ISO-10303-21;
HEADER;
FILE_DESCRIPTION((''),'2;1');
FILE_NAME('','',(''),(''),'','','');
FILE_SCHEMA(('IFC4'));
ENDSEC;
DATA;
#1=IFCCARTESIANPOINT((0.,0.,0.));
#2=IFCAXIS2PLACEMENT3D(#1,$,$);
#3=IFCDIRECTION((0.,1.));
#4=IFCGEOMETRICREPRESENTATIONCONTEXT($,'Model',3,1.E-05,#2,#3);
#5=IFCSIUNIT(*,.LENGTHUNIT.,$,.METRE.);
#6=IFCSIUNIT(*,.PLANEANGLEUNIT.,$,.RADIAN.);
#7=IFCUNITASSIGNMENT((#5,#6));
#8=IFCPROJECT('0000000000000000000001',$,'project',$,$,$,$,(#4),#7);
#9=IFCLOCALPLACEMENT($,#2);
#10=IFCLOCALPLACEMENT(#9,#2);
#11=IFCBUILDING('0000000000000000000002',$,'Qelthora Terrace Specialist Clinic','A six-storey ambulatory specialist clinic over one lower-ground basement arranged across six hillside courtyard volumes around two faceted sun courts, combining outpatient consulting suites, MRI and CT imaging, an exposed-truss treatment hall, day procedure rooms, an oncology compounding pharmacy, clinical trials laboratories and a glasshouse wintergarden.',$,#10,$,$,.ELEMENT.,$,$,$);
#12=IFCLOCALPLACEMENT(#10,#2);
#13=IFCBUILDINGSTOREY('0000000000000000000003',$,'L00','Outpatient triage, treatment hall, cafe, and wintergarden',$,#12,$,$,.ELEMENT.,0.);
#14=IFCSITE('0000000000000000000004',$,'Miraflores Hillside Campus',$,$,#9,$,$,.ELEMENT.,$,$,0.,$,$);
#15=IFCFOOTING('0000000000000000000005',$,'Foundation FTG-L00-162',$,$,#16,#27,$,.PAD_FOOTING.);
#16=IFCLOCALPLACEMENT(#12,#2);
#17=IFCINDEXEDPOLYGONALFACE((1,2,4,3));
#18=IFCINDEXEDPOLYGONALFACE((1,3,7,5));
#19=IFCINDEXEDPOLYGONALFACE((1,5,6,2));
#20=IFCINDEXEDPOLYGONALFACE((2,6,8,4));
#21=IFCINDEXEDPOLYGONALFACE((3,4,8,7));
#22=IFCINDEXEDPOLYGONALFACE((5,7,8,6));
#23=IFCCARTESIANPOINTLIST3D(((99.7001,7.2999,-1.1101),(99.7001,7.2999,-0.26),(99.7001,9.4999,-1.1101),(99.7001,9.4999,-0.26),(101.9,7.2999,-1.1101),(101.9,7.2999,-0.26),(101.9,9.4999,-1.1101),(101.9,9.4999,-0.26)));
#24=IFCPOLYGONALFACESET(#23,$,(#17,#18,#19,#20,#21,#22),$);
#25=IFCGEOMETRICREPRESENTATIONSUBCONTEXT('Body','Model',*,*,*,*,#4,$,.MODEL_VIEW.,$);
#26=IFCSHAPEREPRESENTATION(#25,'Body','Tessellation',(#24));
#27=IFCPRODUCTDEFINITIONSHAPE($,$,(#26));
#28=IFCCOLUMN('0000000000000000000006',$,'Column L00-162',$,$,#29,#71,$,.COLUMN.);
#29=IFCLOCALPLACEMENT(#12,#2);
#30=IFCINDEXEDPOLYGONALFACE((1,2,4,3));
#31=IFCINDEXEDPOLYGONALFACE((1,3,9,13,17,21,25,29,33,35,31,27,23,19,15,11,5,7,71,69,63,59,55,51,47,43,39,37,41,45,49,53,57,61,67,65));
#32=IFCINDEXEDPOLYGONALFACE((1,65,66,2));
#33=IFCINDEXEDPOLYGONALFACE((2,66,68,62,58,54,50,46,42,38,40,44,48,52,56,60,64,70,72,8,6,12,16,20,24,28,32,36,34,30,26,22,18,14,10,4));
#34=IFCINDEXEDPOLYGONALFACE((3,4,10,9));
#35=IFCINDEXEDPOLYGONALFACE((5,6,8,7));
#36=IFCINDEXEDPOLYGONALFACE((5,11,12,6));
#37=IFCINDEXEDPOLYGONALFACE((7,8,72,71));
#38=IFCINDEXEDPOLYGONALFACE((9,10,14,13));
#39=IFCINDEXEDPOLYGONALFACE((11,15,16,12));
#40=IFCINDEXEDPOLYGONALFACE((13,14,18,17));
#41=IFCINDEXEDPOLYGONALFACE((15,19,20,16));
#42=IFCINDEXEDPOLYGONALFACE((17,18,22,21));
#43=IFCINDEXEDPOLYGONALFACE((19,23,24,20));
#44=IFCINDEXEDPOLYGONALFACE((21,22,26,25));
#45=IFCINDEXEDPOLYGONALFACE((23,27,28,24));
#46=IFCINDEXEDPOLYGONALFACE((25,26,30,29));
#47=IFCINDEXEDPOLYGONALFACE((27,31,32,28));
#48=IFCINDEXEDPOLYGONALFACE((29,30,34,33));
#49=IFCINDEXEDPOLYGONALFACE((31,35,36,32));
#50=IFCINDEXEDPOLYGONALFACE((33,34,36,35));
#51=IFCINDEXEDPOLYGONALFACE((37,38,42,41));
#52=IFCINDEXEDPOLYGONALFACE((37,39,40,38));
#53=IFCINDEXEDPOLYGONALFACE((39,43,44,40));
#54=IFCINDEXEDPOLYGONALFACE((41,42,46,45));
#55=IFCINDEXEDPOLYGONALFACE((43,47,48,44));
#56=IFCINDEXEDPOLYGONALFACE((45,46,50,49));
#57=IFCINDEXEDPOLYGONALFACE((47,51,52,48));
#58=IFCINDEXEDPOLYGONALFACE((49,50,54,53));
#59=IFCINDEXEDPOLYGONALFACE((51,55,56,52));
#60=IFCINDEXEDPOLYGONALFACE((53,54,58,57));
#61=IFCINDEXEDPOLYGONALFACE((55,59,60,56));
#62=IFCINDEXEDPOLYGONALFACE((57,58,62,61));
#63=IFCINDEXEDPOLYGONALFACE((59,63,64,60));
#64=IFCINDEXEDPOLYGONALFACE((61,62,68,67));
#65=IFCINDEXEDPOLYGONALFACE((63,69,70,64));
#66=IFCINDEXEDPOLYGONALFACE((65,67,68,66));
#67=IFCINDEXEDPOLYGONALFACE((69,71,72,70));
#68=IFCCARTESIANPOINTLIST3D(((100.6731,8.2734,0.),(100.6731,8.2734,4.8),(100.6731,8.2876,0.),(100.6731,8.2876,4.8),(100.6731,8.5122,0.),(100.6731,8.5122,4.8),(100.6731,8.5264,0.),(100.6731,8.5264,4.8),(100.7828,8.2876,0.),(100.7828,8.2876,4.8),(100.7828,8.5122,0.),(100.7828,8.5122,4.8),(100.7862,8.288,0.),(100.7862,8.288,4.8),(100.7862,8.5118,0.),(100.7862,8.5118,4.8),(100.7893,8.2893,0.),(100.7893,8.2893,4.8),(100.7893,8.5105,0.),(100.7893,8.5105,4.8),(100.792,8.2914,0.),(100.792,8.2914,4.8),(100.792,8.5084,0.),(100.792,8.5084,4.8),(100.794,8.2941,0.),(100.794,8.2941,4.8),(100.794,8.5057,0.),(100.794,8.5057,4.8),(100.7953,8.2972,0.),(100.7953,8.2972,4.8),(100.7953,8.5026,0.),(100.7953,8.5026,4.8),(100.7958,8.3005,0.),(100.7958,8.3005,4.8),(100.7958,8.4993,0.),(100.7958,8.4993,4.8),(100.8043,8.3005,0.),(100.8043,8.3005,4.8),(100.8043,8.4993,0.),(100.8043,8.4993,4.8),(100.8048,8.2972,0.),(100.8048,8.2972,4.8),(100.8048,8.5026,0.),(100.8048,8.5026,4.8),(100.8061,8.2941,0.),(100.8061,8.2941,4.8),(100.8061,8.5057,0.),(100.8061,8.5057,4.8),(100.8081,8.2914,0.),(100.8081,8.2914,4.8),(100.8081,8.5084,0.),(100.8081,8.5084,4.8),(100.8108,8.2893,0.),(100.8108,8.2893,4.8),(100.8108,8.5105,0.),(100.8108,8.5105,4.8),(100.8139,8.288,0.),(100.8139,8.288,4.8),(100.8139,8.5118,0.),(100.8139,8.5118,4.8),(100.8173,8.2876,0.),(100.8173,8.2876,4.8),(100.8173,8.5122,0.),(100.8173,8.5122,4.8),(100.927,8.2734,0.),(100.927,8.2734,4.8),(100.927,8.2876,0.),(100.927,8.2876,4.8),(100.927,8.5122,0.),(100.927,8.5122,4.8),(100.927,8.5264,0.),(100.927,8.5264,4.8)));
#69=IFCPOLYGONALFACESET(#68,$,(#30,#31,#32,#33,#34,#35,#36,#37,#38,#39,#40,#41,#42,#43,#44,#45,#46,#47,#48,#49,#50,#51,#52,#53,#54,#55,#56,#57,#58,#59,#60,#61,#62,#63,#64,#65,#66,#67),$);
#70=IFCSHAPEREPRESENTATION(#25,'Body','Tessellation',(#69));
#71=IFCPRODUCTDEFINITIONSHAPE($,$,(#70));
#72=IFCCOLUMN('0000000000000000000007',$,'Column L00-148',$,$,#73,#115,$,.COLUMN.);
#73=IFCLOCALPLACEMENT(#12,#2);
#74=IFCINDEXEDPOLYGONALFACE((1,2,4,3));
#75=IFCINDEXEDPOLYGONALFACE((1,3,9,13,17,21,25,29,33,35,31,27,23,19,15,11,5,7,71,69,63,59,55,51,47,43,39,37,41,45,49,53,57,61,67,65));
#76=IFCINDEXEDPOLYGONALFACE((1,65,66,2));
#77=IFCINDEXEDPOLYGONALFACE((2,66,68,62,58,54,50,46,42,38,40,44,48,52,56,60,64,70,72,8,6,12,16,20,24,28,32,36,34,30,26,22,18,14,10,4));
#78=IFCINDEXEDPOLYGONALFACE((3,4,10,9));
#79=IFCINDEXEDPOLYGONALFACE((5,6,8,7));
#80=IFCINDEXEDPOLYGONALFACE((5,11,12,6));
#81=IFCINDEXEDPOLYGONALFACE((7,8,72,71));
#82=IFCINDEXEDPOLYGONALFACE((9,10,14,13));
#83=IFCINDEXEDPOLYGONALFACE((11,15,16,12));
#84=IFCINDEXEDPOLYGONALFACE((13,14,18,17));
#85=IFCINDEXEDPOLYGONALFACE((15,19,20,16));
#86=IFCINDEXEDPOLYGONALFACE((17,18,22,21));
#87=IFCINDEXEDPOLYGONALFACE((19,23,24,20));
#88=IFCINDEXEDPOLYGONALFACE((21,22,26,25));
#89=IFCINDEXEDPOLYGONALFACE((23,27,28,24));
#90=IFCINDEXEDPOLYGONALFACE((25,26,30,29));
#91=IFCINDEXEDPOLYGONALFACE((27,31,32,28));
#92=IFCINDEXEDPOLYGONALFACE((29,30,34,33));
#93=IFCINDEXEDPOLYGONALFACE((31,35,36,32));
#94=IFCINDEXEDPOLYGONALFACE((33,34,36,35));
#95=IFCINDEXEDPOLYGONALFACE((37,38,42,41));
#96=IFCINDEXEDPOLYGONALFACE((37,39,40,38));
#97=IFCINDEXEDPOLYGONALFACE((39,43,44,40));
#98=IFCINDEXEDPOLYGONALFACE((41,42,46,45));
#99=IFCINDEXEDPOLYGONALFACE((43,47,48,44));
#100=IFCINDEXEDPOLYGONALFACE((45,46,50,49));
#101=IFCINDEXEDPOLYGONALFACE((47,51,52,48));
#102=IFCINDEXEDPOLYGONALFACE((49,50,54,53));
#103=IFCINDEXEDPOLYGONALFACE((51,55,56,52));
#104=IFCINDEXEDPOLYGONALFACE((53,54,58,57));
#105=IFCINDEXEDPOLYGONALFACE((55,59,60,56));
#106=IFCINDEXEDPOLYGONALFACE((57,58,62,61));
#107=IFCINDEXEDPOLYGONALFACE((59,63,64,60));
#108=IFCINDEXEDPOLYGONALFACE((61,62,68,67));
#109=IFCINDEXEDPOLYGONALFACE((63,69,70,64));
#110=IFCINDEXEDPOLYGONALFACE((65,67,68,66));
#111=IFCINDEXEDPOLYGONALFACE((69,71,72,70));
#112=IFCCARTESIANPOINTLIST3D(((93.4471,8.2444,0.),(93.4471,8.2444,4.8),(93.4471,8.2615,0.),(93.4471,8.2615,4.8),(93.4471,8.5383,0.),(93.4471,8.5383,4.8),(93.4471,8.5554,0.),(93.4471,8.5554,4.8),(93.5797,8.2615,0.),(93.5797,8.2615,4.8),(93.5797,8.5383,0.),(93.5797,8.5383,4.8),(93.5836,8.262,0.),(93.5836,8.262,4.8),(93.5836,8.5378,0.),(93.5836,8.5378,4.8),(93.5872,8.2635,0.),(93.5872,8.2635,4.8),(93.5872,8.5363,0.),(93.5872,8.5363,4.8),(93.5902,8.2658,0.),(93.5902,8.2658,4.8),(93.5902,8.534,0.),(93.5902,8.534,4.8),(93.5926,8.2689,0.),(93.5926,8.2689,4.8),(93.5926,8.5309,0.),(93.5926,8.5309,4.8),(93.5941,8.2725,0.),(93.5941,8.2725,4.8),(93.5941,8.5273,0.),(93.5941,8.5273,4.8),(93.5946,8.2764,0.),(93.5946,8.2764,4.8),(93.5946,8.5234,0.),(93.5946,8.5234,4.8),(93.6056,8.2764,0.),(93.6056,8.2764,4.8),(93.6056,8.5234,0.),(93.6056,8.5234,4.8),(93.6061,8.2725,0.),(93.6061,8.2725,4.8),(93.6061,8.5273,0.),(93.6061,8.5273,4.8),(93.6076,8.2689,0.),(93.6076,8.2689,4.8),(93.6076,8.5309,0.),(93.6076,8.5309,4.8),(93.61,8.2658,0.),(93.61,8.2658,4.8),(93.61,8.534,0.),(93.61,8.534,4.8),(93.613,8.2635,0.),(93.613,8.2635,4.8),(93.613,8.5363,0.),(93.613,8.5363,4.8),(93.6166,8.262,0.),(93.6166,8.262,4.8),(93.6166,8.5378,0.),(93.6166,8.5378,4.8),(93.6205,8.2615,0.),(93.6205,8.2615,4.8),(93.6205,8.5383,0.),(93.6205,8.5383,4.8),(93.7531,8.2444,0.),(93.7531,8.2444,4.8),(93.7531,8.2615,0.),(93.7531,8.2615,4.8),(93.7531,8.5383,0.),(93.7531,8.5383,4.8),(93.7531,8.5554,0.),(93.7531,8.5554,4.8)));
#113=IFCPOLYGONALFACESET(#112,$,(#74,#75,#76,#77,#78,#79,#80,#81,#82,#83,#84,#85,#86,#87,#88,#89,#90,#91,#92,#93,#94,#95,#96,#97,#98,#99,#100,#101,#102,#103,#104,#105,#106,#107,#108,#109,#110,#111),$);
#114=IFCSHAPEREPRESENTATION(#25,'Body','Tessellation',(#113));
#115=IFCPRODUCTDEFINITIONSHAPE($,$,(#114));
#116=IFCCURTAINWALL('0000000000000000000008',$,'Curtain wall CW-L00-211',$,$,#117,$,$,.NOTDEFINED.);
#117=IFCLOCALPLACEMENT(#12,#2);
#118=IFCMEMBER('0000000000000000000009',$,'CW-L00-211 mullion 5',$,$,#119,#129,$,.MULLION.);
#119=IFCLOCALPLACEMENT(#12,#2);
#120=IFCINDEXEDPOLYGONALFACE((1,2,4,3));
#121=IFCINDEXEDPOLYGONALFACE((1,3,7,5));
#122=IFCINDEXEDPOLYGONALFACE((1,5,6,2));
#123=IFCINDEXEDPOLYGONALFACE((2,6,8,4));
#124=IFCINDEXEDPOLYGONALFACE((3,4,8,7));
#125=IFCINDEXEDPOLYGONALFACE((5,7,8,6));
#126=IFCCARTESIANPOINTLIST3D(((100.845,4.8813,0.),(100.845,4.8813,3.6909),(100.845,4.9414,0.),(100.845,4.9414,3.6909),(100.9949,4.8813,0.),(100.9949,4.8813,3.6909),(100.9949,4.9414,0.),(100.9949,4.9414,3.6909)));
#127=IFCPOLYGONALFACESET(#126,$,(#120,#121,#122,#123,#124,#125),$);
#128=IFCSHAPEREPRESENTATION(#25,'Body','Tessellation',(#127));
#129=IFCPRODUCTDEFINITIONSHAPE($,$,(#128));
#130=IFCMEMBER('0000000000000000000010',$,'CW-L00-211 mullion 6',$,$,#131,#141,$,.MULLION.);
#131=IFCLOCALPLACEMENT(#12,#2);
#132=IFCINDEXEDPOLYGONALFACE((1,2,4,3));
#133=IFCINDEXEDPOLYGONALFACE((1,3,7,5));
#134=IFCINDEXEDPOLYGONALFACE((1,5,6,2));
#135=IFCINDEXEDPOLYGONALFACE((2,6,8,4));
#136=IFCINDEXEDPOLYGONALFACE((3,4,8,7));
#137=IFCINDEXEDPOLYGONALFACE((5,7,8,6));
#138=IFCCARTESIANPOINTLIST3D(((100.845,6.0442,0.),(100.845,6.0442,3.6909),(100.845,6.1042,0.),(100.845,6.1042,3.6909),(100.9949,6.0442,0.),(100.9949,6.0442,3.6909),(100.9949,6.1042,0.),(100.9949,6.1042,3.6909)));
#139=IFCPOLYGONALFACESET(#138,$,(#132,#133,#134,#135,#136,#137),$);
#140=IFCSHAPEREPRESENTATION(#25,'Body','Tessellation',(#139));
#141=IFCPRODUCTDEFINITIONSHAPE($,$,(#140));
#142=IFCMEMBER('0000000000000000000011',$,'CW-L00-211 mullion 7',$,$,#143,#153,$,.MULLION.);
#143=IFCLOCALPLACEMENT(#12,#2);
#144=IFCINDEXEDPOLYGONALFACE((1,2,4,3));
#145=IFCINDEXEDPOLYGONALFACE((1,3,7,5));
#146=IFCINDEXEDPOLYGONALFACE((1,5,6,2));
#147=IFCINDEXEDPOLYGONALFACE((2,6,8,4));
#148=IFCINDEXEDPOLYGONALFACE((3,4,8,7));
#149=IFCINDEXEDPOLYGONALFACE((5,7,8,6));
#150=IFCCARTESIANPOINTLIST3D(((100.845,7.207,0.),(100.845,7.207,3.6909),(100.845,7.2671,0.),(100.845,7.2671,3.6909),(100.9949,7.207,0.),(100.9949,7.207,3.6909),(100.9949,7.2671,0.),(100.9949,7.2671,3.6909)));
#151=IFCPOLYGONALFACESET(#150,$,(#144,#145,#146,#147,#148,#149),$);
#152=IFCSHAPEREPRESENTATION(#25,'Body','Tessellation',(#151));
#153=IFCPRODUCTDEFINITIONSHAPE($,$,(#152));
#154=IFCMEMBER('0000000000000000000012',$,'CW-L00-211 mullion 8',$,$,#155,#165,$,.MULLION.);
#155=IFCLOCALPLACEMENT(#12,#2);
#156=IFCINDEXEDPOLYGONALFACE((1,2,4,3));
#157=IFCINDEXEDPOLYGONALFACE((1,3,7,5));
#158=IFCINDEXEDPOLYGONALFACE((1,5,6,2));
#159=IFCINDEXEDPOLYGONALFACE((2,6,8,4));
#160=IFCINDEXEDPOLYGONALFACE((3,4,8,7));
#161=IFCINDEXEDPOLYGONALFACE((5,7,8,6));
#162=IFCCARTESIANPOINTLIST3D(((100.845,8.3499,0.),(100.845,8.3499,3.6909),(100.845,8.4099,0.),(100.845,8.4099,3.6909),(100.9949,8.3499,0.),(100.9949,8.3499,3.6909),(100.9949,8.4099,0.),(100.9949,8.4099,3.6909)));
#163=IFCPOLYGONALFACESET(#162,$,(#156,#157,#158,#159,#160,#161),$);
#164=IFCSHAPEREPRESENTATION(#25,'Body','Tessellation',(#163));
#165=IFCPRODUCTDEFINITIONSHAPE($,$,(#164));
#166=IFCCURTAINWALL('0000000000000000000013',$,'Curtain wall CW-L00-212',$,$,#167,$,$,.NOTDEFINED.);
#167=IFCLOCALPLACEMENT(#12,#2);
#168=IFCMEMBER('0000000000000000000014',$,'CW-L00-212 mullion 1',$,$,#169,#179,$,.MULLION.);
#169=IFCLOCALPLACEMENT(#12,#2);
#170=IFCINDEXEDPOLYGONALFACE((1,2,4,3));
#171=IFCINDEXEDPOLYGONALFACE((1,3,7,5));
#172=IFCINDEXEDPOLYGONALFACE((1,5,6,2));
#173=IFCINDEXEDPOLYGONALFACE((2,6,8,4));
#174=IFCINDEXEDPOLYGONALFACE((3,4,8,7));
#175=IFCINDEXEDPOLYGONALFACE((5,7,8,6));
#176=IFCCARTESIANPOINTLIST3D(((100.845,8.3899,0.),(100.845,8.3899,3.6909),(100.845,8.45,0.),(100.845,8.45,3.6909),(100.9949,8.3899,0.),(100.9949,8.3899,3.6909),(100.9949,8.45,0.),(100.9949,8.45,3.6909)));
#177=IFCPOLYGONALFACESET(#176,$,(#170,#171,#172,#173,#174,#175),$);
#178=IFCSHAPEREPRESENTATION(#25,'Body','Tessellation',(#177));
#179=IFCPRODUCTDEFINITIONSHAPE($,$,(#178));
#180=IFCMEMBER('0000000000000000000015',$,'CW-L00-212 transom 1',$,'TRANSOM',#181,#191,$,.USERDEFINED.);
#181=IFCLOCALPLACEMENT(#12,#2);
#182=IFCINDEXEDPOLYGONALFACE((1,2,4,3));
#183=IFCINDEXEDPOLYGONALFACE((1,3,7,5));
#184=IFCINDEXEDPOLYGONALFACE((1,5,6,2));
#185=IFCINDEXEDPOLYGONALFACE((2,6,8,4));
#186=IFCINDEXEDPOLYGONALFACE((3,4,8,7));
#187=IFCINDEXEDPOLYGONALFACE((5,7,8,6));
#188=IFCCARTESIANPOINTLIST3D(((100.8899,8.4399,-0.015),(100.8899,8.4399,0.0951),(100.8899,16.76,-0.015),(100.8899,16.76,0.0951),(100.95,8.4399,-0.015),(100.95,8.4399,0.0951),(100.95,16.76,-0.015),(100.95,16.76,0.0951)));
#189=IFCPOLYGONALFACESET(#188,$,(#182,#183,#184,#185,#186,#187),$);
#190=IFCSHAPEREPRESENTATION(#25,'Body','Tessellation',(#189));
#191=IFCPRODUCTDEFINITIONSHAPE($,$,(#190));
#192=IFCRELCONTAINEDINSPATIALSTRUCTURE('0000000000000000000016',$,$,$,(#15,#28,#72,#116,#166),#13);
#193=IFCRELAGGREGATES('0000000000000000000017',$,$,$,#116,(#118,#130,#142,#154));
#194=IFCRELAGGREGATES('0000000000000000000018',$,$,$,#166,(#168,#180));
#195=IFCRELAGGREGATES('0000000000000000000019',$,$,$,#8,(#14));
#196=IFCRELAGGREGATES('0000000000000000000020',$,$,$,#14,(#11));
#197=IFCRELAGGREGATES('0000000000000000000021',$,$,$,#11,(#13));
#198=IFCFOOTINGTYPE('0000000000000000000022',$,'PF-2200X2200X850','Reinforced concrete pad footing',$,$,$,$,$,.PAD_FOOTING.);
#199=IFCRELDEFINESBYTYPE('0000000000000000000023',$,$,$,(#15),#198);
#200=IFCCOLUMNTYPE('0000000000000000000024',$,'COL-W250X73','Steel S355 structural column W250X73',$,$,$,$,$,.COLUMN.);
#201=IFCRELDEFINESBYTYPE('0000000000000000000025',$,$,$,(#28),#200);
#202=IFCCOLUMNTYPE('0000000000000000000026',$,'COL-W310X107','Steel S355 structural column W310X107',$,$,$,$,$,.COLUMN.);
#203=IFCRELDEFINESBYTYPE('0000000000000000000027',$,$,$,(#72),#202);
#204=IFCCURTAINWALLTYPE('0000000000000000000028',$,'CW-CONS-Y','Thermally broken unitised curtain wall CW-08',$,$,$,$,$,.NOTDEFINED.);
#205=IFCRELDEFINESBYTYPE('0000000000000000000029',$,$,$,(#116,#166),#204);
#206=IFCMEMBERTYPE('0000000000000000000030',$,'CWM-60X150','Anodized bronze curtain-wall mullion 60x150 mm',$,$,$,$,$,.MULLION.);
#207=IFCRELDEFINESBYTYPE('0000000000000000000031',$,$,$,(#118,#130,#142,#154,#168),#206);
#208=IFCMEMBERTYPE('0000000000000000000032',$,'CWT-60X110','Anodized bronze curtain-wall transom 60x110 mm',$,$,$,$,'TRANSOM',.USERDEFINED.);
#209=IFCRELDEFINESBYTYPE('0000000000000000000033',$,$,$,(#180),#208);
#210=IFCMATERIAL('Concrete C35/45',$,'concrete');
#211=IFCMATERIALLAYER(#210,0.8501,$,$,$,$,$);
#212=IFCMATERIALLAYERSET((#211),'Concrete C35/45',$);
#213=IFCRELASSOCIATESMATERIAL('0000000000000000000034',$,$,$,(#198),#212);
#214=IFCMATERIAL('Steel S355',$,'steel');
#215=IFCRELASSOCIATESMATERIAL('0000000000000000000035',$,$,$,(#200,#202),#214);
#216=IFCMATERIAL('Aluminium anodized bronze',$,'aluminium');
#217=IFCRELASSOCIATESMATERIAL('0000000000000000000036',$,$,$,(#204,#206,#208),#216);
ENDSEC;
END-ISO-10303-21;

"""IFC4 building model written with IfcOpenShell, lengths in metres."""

from ifc_helpers import new_model, si_unit, direction, frame, origin, origin_2d, place, context, subcontext, project, spatial, rectangle, i_section, extrude, material, layer, layer_set, material_profile, profile_set, type_object, element, aggregate, save


model = new_model("IFC4")

# Units and contexts
model_context = context("Model", 3, precision=1e-05, world=origin(), true_north=direction((0.0, 1.0)))
body_context = subcontext(model_context, "Body", "Model", "MODEL_VIEW")
ifc_project = project(units=[si_unit("LENGTHUNIT", "METRE"), si_unit("PLANEANGLEUNIT", "RADIAN")], contexts=[model_context])

# Site, building, storey
site_placement = place(None, origin())
site = spatial("IfcSite", under=ifc_project, at=site_placement, Name="Miraflores Hillside Campus", CompositionType="ELEMENT", RefElevation=0.0)
building_placement = place(site_placement, origin())
building = spatial("IfcBuilding", under=site, at=building_placement, Name="Qelthora Terrace Specialist Clinic", Description="A six-storey ambulatory specialist clinic over one lower-ground basement arranged across six hillside courtyard volumes around two faceted sun courts, combining outpatient consulting suites, MRI and CT imaging, an exposed-truss treatment hall, day procedure rooms, an oncology compounding pharmacy, clinical trials laboratories and a glasshouse wintergarden.", CompositionType="ELEMENT")
storey_placement = place(building_placement, origin())
storey = spatial("IfcBuildingStorey", under=building, at=storey_placement, Name="L00", Description="Outpatient triage, treatment hall, cafe, and wintergarden", CompositionType="ELEMENT", Elevation=0.0)

# Footing
ifc_material_1 = material(Name="Concrete C35/45", Category="concrete")
ifc_layer_1 = layer(ifc_material_1, 0.8501)
ifc_layer_set_1 = layer_set([ifc_layer_1], Name="Concrete C35/45")
footing_type = type_object("IfcFootingType", Name="PF-2200X2200X850", Description="Reinforced concrete pad footing", PredefinedType="PAD_FOOTING", material=ifc_layer_set_1)
footing_placement = place(storey_placement, frame((100.8, 8.3999, -1.1101), z_axis=(0.0, 0.0, 1.0), x_axis=(1.0, 0.0, 0.0)))
element("IfcFooting", 1, at=footing_placement, inside=storey, type_object=footing_type, Name="Foundation FTG-L00-162", PredefinedType="PAD_FOOTING", context=body_context, shape_type="SweptSolid", body=[
    extrude(rectangle(XDim=2.2, YDim=2.2, at=origin_2d()), origin(), (0.0, 0.0, 1.0), 0.8501),
])

# Columns
ifc_material_2 = material(Name="Steel S355", Category="steel")
ifc_material_profile_1 = material_profile(ifc_material_2, i_section(OverallWidth=0.2539, OverallDepth=0.2529, WebThickness=0.0085, FlangeThickness=0.0142, FilletRadius=0.0129, at=origin_2d()), Name="W250X73")
ifc_profile_set_1 = profile_set([ifc_material_profile_1], Name="Steel S355")
column_type_1 = type_object("IfcColumnType", Name="COL-W250X73", Description="Steel S355 structural column W250X73", PredefinedType="COLUMN", material=ifc_profile_set_1)
column_1_placement = place(storey_placement, frame((100.8, 8.3999, 0.0), z_axis=(0.0, 0.0, 1.0), x_axis=(1.0, 0.0, 0.0)))
element("IfcColumn", 2, at=column_1_placement, inside=storey, type_object=column_type_1, Name="Column L00-162", PredefinedType="COLUMN", context=body_context, shape_type="SweptSolid", body=[
    extrude(i_section(OverallWidth=0.2539, OverallDepth=0.2529, WebThickness=0.0085, FlangeThickness=0.0142, FilletRadius=0.0129, at=origin_2d()), origin(), (0.0, 0.0, 1.0), 4.8),
])
ifc_material_profile_2 = material_profile(ifc_material_2, i_section(OverallWidth=0.3059, OverallDepth=0.311, WebThickness=0.011, FlangeThickness=0.0171, FilletRadius=0.0149, at=origin_2d()), Name="W310X107")
ifc_profile_set_2 = profile_set([ifc_material_profile_2], Name="Steel S355")
column_type_2 = type_object("IfcColumnType", Name="COL-W310X107", Description="Steel S355 structural column W310X107", PredefinedType="COLUMN", material=ifc_profile_set_2)
column_2_placement = place(storey_placement, frame((93.6001, 8.3999, 0.0), z_axis=(0.0, 0.0, 1.0), x_axis=(1.0, 0.0, 0.0)))
element("IfcColumn", 3, at=column_2_placement, inside=storey, type_object=column_type_2, Name="Column L00-148", PredefinedType="COLUMN", context=body_context, shape_type="SweptSolid", body=[
    extrude(i_section(OverallWidth=0.3059, OverallDepth=0.311, WebThickness=0.011, FlangeThickness=0.0171, FilletRadius=0.0149, at=origin_2d()), origin(), (0.0, 0.0, 1.0), 4.8),
])

# Curtain walls, members
ifc_material_3 = material(Name="Aluminium anodized bronze", Category="aluminium")
curtain_wall_type = type_object("IfcCurtainWallType", Name="CW-CONS-Y", Description="Thermally broken unitised curtain wall CW-08", PredefinedType="NOTDEFINED", material=ifc_material_3)
curtain_wall_1_placement = place(storey_placement, origin())
curtain_wall_1 = element("IfcCurtainWall", 4, at=curtain_wall_1_placement, inside=storey, type_object=curtain_wall_type, Name="Curtain wall CW-L00-211", PredefinedType="NOTDEFINED")
ifc_material_profile_3 = material_profile(ifc_material_3, rectangle(XDim=0.0601, YDim=0.1499, at=origin_2d()), Name="CWM60X150")
ifc_profile_set_3 = profile_set([ifc_material_profile_3], Name="Aluminium anodized bronze")
member_type_1 = type_object("IfcMemberType", Name="CWM-60X150", Description="Anodized bronze curtain-wall mullion 60x150 mm", PredefinedType="MULLION", material=ifc_profile_set_3)
member_1_placement = place(storey_placement, frame((100.9199, 4.9114, 0.0), z_axis=(0.0, 0.0, 1.0), x_axis=(0.0, 1.0, 0.0)))
member_1 = element("IfcMember", 5, at=member_1_placement, type_object=member_type_1, Name="CW-L00-211 mullion 5", PredefinedType="MULLION", context=body_context, shape_type="SweptSolid", body=[
    extrude(rectangle(XDim=0.0601, YDim=0.1499, at=origin_2d()), origin(), (0.0, 0.0, 1.0), 3.6909),
])
member_2_placement = place(storey_placement, frame((100.9199, 6.0742, 0.0), z_axis=(0.0, 0.0, 1.0), x_axis=(0.0, 1.0, 0.0)))
member_2 = element("IfcMember", 6, at=member_2_placement, type_object=member_type_1, Name="CW-L00-211 mullion 6", PredefinedType="MULLION", context=body_context, shape_type="SweptSolid", body=[
    extrude(rectangle(XDim=0.0601, YDim=0.1499, at=origin_2d()), origin(), (0.0, 0.0, 1.0), 3.6909),
])
member_3_placement = place(storey_placement, frame((100.9199, 7.2371, 0.0), z_axis=(0.0, 0.0, 1.0), x_axis=(0.0, 1.0, 0.0)))
member_3 = element("IfcMember", 7, at=member_3_placement, type_object=member_type_1, Name="CW-L00-211 mullion 7", PredefinedType="MULLION", context=body_context, shape_type="SweptSolid", body=[
    extrude(rectangle(XDim=0.0601, YDim=0.1499, at=origin_2d()), origin(), (0.0, 0.0, 1.0), 3.6909),
])
member_4_placement = place(storey_placement, frame((100.9199, 8.3799, 0.0), z_axis=(0.0, 0.0, 1.0), x_axis=(0.0, 1.0, 0.0)))
member_4 = element("IfcMember", 8, at=member_4_placement, type_object=member_type_1, Name="CW-L00-211 mullion 8", PredefinedType="MULLION", context=body_context, shape_type="SweptSolid", body=[
    extrude(rectangle(XDim=0.0601, YDim=0.1499, at=origin_2d()), origin(), (0.0, 0.0, 1.0), 3.6909),
])
curtain_wall_2_placement = place(storey_placement, origin())
curtain_wall_2 = element("IfcCurtainWall", 9, at=curtain_wall_2_placement, inside=storey, type_object=curtain_wall_type, Name="Curtain wall CW-L00-212", PredefinedType="NOTDEFINED")
member_5_placement = place(storey_placement, frame((100.9199, 8.4199, 0.0), z_axis=(0.0, 0.0, 1.0), x_axis=(0.0, 1.0, 0.0)))
member_5 = element("IfcMember", 10, at=member_5_placement, type_object=member_type_1, Name="CW-L00-212 mullion 1", PredefinedType="MULLION", context=body_context, shape_type="SweptSolid", body=[
    extrude(rectangle(XDim=0.0601, YDim=0.1499, at=origin_2d()), origin(), (0.0, 0.0, 1.0), 3.6909),
])
ifc_material_profile_4 = material_profile(ifc_material_3, rectangle(XDim=0.0601, YDim=0.1101, at=origin_2d()), Name="CWT60X110")
ifc_profile_set_4 = profile_set([ifc_material_profile_4], Name="Aluminium anodized bronze")
member_type_2 = type_object("IfcMemberType", Name="CWT-60X110", Description="Anodized bronze curtain-wall transom 60x110 mm", ElementType="TRANSOM", PredefinedType="USERDEFINED", material=ifc_profile_set_4)
member_6_placement = place(storey_placement, frame((100.9199, 8.4399, 0.04), z_axis=(0.0, 1.0, 0.0), x_axis=(-1.0, 0.0, 0.0)))
member_6 = element("IfcMember", 11, at=member_6_placement, type_object=member_type_2, Name="CW-L00-212 transom 1", ObjectType="TRANSOM", PredefinedType="USERDEFINED", context=body_context, shape_type="SweptSolid", body=[
    extrude(rectangle(XDim=0.0601, YDim=0.1101, at=origin_2d()), origin(), (0.0, 0.0, 1.0), 8.3201),
])

aggregate(curtain_wall_1, [member_1, member_2, member_3, member_4])
aggregate(curtain_wall_2, [member_5, member_6])

save(model, "model.ifc")
